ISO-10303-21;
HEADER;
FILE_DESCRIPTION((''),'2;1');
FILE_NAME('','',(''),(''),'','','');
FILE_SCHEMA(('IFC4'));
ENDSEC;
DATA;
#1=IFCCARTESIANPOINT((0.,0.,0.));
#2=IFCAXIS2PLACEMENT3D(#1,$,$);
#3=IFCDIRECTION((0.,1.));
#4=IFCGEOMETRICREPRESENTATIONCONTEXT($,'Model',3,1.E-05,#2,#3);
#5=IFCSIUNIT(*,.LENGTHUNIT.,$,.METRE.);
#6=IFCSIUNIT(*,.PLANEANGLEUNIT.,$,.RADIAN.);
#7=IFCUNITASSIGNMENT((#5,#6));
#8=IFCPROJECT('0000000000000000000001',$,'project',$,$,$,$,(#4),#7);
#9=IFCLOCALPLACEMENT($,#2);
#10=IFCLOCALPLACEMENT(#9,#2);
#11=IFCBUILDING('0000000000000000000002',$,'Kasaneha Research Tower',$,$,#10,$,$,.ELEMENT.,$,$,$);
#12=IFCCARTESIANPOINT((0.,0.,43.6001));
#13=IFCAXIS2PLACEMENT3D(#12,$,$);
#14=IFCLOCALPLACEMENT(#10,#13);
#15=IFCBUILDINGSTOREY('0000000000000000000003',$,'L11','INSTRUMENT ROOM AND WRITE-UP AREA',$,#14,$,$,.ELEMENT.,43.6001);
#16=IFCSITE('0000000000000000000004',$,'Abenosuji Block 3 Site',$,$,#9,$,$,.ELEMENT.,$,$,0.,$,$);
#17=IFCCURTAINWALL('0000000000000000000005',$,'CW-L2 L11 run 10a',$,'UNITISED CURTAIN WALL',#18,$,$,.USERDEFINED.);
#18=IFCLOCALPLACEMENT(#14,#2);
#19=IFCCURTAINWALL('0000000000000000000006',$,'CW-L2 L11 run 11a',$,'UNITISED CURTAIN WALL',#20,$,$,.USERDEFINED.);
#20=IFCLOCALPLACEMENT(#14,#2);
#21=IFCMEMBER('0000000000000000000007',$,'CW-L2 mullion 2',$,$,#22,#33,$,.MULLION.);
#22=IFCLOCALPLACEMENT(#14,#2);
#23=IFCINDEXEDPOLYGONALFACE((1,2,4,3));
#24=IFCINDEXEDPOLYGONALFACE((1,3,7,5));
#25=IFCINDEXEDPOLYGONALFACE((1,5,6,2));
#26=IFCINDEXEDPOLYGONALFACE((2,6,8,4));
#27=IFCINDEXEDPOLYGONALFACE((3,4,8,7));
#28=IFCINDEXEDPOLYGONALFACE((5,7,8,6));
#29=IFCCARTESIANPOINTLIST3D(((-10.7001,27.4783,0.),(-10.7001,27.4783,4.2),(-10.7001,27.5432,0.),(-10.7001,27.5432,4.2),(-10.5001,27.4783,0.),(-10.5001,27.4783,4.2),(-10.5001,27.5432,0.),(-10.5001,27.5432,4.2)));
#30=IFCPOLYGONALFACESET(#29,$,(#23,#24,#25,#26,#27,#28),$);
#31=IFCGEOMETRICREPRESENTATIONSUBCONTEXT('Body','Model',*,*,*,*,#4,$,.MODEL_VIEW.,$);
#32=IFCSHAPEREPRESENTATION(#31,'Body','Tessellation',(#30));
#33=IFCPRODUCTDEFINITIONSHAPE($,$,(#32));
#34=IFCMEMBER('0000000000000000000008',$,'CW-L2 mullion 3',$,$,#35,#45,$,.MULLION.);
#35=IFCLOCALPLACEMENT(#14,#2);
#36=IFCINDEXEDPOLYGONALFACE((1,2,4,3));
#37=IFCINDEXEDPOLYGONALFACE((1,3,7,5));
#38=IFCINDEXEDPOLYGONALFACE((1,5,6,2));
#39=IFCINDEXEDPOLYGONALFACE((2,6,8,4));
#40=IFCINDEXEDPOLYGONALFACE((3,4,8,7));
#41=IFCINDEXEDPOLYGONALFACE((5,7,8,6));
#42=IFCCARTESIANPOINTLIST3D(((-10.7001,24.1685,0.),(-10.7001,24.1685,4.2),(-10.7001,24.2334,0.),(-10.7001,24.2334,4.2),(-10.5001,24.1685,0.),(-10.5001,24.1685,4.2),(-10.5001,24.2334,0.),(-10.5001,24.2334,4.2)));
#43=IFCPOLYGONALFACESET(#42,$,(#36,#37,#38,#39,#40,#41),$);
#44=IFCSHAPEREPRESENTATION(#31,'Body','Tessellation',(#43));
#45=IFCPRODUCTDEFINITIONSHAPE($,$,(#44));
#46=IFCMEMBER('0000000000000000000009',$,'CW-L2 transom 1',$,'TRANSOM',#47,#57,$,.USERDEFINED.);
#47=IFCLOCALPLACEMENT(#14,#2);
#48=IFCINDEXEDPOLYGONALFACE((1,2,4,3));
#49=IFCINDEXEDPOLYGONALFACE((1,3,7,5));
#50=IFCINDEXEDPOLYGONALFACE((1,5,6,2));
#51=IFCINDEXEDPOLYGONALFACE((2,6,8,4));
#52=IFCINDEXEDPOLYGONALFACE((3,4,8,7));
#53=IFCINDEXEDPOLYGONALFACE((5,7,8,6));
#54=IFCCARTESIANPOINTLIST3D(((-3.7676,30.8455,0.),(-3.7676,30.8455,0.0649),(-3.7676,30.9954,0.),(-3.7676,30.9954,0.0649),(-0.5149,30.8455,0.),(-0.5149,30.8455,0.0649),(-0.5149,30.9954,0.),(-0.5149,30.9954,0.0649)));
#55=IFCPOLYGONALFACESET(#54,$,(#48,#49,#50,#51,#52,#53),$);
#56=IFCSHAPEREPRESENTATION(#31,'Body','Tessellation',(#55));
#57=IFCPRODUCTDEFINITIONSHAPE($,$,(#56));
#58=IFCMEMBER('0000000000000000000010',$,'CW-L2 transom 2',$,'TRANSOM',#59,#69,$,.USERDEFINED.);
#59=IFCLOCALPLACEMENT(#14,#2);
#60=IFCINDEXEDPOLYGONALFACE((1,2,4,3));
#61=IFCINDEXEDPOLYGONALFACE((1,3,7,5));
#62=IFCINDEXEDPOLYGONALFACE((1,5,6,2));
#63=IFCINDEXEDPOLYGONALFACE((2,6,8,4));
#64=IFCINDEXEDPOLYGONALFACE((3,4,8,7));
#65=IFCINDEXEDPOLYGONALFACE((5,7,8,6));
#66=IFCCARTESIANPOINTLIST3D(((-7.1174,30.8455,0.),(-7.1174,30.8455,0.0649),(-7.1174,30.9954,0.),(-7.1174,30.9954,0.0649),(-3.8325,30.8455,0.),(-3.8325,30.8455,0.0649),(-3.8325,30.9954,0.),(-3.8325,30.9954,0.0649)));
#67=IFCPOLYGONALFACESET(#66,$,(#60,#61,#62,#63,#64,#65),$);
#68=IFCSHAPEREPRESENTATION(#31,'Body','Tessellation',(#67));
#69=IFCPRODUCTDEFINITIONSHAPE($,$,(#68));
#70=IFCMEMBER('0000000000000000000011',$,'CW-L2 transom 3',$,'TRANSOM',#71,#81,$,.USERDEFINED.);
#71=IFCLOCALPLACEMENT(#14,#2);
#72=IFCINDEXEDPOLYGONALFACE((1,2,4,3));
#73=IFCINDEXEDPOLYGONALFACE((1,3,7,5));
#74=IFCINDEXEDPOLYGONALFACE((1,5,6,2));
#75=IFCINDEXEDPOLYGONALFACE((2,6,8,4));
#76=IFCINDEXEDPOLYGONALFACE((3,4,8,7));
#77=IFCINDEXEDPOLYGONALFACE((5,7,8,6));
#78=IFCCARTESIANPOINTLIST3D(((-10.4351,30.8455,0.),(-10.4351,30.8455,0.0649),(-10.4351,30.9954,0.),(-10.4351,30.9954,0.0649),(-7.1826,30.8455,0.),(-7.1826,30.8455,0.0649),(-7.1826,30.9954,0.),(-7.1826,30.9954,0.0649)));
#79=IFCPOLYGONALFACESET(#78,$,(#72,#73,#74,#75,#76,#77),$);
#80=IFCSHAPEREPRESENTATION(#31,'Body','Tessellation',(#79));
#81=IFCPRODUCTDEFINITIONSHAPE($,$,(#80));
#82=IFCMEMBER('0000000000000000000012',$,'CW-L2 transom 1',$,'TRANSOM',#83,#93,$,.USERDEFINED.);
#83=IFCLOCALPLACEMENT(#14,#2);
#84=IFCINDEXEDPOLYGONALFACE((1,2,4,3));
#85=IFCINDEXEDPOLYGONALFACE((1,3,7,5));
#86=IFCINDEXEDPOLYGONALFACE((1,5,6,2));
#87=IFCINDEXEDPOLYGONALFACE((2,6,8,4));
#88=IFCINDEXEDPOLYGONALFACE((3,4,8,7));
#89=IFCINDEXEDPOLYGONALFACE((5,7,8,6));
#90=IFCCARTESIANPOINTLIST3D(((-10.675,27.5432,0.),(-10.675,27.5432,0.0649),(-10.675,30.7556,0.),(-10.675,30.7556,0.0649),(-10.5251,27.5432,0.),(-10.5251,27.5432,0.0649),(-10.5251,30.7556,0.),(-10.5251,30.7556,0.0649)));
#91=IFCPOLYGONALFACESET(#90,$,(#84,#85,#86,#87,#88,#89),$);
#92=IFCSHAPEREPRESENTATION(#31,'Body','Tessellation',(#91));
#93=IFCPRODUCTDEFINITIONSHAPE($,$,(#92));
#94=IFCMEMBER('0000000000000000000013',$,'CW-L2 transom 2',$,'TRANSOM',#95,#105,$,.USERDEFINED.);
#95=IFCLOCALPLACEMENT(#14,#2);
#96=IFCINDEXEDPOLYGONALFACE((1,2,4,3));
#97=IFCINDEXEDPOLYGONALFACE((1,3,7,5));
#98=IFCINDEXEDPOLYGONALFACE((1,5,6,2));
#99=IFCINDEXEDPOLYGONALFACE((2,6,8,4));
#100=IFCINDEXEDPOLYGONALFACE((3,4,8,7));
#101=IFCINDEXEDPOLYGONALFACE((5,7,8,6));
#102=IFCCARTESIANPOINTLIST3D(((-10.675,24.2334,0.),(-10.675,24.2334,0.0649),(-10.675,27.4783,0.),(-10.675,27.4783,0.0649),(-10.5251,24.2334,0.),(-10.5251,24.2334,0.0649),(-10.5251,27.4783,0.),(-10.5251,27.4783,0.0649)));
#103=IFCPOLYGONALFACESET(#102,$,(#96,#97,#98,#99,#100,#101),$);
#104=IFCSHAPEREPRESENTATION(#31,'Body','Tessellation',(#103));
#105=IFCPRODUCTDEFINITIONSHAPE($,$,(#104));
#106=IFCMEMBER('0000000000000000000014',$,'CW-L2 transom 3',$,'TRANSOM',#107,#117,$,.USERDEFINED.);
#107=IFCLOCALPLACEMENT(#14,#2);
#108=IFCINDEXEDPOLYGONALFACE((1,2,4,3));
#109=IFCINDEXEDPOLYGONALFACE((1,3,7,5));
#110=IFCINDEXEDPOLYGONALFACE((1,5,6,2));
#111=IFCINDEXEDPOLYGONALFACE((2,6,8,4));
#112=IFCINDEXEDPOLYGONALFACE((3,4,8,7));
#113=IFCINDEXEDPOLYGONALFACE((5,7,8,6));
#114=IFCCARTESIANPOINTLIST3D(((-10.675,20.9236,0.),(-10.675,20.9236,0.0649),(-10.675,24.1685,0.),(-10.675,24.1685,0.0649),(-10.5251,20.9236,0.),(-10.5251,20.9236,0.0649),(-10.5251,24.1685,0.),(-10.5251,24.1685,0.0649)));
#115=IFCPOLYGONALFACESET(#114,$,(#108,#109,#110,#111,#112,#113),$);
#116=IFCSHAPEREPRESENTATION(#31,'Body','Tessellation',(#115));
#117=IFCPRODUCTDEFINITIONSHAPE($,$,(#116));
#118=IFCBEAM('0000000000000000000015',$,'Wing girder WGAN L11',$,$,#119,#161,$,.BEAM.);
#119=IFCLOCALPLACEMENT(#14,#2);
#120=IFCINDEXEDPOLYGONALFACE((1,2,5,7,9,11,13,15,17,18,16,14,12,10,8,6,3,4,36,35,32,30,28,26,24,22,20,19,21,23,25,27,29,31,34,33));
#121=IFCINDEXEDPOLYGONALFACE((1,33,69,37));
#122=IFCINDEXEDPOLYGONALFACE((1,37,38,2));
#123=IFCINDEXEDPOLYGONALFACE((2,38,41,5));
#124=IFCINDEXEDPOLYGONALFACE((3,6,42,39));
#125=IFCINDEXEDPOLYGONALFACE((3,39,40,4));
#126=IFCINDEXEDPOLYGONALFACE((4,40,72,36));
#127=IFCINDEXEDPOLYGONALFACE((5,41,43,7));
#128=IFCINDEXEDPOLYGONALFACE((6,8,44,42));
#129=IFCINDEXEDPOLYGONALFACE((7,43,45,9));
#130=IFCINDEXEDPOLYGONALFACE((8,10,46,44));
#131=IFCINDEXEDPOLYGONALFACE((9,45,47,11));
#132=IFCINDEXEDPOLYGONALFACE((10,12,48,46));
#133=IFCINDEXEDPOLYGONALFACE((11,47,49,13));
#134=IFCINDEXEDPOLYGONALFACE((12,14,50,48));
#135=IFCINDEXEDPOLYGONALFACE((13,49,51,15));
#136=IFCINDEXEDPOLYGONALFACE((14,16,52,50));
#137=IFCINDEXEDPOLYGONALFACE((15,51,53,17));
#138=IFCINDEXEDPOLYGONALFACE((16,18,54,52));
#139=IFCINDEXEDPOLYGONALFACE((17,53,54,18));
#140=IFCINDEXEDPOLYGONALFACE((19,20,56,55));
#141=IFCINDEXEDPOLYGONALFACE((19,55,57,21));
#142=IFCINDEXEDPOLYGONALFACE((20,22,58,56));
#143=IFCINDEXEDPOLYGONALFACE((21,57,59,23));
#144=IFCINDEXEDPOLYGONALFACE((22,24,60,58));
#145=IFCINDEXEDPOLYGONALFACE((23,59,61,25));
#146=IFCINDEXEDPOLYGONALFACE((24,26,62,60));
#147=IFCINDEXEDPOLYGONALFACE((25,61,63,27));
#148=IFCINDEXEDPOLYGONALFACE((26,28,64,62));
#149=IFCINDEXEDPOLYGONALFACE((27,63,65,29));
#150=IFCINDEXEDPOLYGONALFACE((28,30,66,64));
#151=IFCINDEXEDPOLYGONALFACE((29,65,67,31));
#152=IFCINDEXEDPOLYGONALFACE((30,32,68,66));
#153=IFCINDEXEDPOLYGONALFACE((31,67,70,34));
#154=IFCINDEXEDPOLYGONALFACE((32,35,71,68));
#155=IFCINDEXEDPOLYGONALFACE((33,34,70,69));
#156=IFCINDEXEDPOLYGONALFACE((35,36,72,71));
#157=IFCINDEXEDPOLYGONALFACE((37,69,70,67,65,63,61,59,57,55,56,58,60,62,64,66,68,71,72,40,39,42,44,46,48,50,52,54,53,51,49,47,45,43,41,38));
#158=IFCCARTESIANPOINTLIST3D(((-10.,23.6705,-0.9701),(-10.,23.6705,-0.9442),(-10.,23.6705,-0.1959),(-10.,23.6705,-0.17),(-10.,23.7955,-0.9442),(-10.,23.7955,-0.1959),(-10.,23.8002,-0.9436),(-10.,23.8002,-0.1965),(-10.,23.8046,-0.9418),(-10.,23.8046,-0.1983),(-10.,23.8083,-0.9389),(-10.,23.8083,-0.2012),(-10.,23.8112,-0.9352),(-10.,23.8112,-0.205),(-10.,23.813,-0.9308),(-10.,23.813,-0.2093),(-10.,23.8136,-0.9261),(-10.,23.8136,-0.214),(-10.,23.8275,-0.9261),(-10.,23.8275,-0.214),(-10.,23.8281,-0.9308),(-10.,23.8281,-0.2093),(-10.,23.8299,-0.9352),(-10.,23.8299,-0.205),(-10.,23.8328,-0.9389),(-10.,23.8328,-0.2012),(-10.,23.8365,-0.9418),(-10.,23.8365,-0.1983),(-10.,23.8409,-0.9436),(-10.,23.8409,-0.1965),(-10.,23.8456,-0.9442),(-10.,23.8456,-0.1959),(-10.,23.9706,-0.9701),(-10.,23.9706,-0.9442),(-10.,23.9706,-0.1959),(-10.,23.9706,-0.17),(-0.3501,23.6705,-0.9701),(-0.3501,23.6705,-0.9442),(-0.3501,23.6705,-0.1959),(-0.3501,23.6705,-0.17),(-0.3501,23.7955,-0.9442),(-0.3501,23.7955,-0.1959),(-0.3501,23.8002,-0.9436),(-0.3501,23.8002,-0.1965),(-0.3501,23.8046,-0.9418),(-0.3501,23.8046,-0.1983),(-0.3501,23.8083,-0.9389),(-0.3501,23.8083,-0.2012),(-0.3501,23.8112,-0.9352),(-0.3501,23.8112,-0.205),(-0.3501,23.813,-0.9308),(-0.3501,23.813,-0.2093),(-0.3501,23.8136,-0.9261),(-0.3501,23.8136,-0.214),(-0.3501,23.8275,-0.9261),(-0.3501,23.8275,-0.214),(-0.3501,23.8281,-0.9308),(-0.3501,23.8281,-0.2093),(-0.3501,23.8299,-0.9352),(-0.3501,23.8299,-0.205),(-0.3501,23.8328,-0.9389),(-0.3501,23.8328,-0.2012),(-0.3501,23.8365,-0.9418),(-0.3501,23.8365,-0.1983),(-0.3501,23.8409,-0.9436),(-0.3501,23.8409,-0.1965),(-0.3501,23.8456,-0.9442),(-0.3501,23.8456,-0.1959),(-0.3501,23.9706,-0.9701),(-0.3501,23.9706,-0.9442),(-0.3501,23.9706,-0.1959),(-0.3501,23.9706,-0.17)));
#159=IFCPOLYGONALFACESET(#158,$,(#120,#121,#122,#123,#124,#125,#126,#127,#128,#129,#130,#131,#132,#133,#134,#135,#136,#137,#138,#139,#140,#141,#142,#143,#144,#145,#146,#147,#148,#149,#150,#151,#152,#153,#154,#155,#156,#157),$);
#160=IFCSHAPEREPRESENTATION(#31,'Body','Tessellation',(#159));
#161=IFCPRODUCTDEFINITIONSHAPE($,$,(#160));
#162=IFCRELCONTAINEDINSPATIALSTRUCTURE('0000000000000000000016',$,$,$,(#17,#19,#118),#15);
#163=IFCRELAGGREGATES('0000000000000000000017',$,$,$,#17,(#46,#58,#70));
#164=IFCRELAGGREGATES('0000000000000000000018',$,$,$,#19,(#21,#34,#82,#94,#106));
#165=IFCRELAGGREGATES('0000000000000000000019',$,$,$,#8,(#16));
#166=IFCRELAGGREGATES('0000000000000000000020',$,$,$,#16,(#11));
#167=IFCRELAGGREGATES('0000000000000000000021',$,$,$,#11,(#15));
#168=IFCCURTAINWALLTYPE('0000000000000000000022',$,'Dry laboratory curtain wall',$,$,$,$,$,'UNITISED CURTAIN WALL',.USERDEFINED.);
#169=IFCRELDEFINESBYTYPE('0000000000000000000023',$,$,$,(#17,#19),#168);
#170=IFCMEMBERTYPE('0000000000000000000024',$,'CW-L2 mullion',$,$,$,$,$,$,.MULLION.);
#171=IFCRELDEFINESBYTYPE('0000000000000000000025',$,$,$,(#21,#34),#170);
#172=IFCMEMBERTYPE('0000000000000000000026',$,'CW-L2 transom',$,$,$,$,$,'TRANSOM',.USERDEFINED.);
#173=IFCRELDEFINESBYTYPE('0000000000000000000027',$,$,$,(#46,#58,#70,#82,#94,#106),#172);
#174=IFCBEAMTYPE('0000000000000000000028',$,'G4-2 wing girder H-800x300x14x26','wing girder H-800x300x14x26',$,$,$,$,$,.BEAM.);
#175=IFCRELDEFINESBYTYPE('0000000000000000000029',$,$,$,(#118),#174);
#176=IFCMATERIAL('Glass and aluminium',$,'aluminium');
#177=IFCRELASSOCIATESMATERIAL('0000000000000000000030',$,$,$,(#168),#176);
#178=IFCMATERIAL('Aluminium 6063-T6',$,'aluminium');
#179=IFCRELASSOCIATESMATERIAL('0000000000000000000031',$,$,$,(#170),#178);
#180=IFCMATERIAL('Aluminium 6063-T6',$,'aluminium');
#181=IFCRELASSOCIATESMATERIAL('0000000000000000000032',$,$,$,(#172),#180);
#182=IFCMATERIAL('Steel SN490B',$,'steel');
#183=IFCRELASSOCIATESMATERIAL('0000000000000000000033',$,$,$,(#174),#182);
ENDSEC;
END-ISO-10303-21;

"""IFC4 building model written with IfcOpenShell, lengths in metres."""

from ifc_helpers import new_model, si_unit, direction, frame, origin, origin_2d, place, context, subcontext, project, spatial, rectangle, i_section, extrude, material, material_profile, profile_set, type_object, element, aggregate, save


model = new_model("IFC4")

# Units and contexts
model_context = context("Model", 3, precision=1e-05, world=origin(), true_north=direction((0.0, 1.0)))
body_context = subcontext(model_context, "Body", "Model", "MODEL_VIEW")
ifc_project = project(units=[si_unit("LENGTHUNIT", "METRE"), si_unit("PLANEANGLEUNIT", "RADIAN")], contexts=[model_context])

# Site, building, storey
site_placement = place(None, origin())
site = spatial("IfcSite", under=ifc_project, at=site_placement, Name="Abenosuji Block 3 Site", CompositionType="ELEMENT", RefElevation=0.0)
building_placement = place(site_placement, origin())
building = spatial("IfcBuilding", under=site, at=building_placement, Name="Kasaneha Research Tower", CompositionType="ELEMENT")
storey_placement = place(building_placement, frame((0.0, 0.0, 43.6001)))
storey = spatial("IfcBuildingStorey", under=building, at=storey_placement, Name="L11", Description="INSTRUMENT ROOM AND WRITE-UP AREA", CompositionType="ELEMENT", Elevation=43.6001)

# Curtain walls, members
ifc_material_1 = material(Name="Glass and aluminium", Category="aluminium")
curtain_wall_type = type_object("IfcCurtainWallType", Name="Dry laboratory curtain wall", ElementType="UNITISED CURTAIN WALL", PredefinedType="USERDEFINED", material=ifc_material_1)
curtain_wall_1_placement = place(storey_placement, origin())
curtain_wall_1 = element("IfcCurtainWall", 1, at=curtain_wall_1_placement, inside=storey, type_object=curtain_wall_type, Name="CW-L2 L11 run 10a", ObjectType="UNITISED CURTAIN WALL", PredefinedType="USERDEFINED")
ifc_material_2 = material(Name="Aluminium 6063-T6", Category="aluminium")
ifc_material_profile_1 = material_profile(ifc_material_2, rectangle(XDim=0.0649, YDim=0.2, at=origin_2d()), Name="CW-L2 mullion 65x200")
ifc_profile_set_1 = profile_set([ifc_material_profile_1], Name="Aluminium 6063-T6")
member_type_1 = type_object("IfcMemberType", Name="CW-L2 mullion", PredefinedType="MULLION", material=ifc_profile_set_1)
curtain_wall_2_placement = place(storey_placement, origin())
curtain_wall_2 = element("IfcCurtainWall", 2, at=curtain_wall_2_placement, inside=storey, type_object=curtain_wall_type, Name="CW-L2 L11 run 11a", ObjectType="UNITISED CURTAIN WALL", PredefinedType="USERDEFINED")
member_1_placement = place(storey_placement, frame((-10.6001, 27.5107, 0.0), z_axis=(0.0, 0.0, 1.0), x_axis=(0.0, -1.0, 0.0)))
member_1 = element("IfcMember", 3, at=member_1_placement, type_object=member_type_1, Name="CW-L2 mullion 2", PredefinedType="MULLION", context=body_context, shape_type="SweptSolid", body=[
    extrude(rectangle(XDim=0.0649, YDim=0.2, at=origin_2d()), origin(), (0.0, 0.0, 1.0), 4.2),
])
member_2_placement = place(storey_placement, frame((-10.6001, 24.2009, 0.0), z_axis=(0.0, 0.0, 1.0), x_axis=(0.0, -1.0, 0.0)))
member_2 = element("IfcMember", 4, at=member_2_placement, type_object=member_type_1, Name="CW-L2 mullion 3", PredefinedType="MULLION", context=body_context, shape_type="SweptSolid", body=[
    extrude(rectangle(XDim=0.0649, YDim=0.2, at=origin_2d()), origin(), (0.0, 0.0, 1.0), 4.2),
])

# Members
ifc_material_3 = material(Name="Aluminium 6063-T6", Category="aluminium")
ifc_material_profile_2 = material_profile(ifc_material_3, rectangle(XDim=0.1499, YDim=0.0649, at=origin_2d()), Name="CW-L2 transom 150x65")
ifc_profile_set_2 = profile_set([ifc_material_profile_2], Name="Aluminium 6063-T6")
member_type_2 = type_object("IfcMemberType", Name="CW-L2 transom", ElementType="TRANSOM", PredefinedType="USERDEFINED", material=ifc_profile_set_2)
member_3_placement = place(storey_placement, frame((-0.5149, 30.9204, 0.0325), z_axis=(-1.0, 0.0, 0.0), x_axis=(0.0, -1.0, 0.0)))
member_3 = element("IfcMember", 5, at=member_3_placement, type_object=member_type_2, Name="CW-L2 transom 1", ObjectType="TRANSOM", PredefinedType="USERDEFINED", context=body_context, shape_type="SweptSolid", body=[
    extrude(rectangle(XDim=0.1499, YDim=0.0649, at=origin_2d()), origin(), (0.0, 0.0, 1.0), 3.2527),
])
member_4_placement = place(storey_placement, frame((-3.8325, 30.9204, 0.0325), z_axis=(-1.0, 0.0, 0.0), x_axis=(0.0, -1.0, 0.0)))
member_4 = element("IfcMember", 6, at=member_4_placement, type_object=member_type_2, Name="CW-L2 transom 2", ObjectType="TRANSOM", PredefinedType="USERDEFINED", context=body_context, shape_type="SweptSolid", body=[
    extrude(rectangle(XDim=0.1499, YDim=0.0649, at=origin_2d()), origin(), (0.0, 0.0, 1.0), 3.2849),
])
member_5_placement = place(storey_placement, frame((-7.1826, 30.9204, 0.0325), z_axis=(-1.0, 0.0, 0.0), x_axis=(0.0, -1.0, 0.0)))
member_5 = element("IfcMember", 7, at=member_5_placement, type_object=member_type_2, Name="CW-L2 transom 3", ObjectType="TRANSOM", PredefinedType="USERDEFINED", context=body_context, shape_type="SweptSolid", body=[
    extrude(rectangle(XDim=0.1499, YDim=0.0649, at=origin_2d()), origin(), (0.0, 0.0, 1.0), 3.2524),
])
member_6_placement = place(storey_placement, frame((-10.6001, 30.7556, 0.0325), z_axis=(0.0, -1.0, 0.0), x_axis=(1.0, 0.0, 0.0)))
member_6 = element("IfcMember", 8, at=member_6_placement, type_object=member_type_2, Name="CW-L2 transom 1", ObjectType="TRANSOM", PredefinedType="USERDEFINED", context=body_context, shape_type="SweptSolid", body=[
    extrude(rectangle(XDim=0.1499, YDim=0.0649, at=origin_2d()), origin(), (0.0, 0.0, 1.0), 3.2124),
])
member_7_placement = place(storey_placement, frame((-10.6001, 27.4783, 0.0325), z_axis=(0.0, -1.0, 0.0), x_axis=(1.0, 0.0, 0.0)))
member_7 = element("IfcMember", 9, at=member_7_placement, type_object=member_type_2, Name="CW-L2 transom 2", ObjectType="TRANSOM", PredefinedType="USERDEFINED", context=body_context, shape_type="SweptSolid", body=[
    extrude(rectangle(XDim=0.1499, YDim=0.0649, at=origin_2d()), origin(), (0.0, 0.0, 1.0), 3.2449),
])
member_8_placement = place(storey_placement, frame((-10.6001, 24.1685, 0.0325), z_axis=(0.0, -1.0, 0.0), x_axis=(1.0, 0.0, 0.0)))
member_8 = element("IfcMember", 10, at=member_8_placement, type_object=member_type_2, Name="CW-L2 transom 3", ObjectType="TRANSOM", PredefinedType="USERDEFINED", context=body_context, shape_type="SweptSolid", body=[
    extrude(rectangle(XDim=0.1499, YDim=0.0649, at=origin_2d()), origin(), (0.0, 0.0, 1.0), 3.2449),
])

# Beam
ifc_material_4 = material(Name="Steel SN490B", Category="steel")
ifc_material_profile_3 = material_profile(ifc_material_4, i_section(OverallWidth=0.3, OverallDepth=0.8, WebThickness=0.0139, FlangeThickness=0.0259, FilletRadius=0.0181, at=origin_2d()), Name="H-800x300x14x26")
ifc_profile_set_3 = profile_set([ifc_material_profile_3], Name="Steel SN490B")
beam_type_1 = type_object("IfcBeamType", Name="G4-2 wing girder H-800x300x14x26", Description="wing girder H-800x300x14x26", PredefinedType="BEAM", material=ifc_profile_set_3)
beam_1_placement = place(storey_placement, frame((-10.0, 23.8206, -0.5701), z_axis=(1.0, 0.0, 0.0), x_axis=(0.0, 1.0, 0.0)))
element("IfcBeam", 11, at=beam_1_placement, inside=storey, type_object=beam_type_1, Name="Wing girder WGAN L11", PredefinedType="BEAM", context=body_context, shape_type="SweptSolid", body=[
    extrude(i_section(OverallWidth=0.3, OverallDepth=0.8, WebThickness=0.0139, FlangeThickness=0.0259, FilletRadius=0.0181, at=origin_2d()), origin(), (0.0, 0.0, 1.0), 9.6499),
])

aggregate(curtain_wall_1, [member_3, member_4, member_5])
aggregate(curtain_wall_2, [member_1, member_2, member_6, member_7, member_8])

save(model, "model.ifc")
